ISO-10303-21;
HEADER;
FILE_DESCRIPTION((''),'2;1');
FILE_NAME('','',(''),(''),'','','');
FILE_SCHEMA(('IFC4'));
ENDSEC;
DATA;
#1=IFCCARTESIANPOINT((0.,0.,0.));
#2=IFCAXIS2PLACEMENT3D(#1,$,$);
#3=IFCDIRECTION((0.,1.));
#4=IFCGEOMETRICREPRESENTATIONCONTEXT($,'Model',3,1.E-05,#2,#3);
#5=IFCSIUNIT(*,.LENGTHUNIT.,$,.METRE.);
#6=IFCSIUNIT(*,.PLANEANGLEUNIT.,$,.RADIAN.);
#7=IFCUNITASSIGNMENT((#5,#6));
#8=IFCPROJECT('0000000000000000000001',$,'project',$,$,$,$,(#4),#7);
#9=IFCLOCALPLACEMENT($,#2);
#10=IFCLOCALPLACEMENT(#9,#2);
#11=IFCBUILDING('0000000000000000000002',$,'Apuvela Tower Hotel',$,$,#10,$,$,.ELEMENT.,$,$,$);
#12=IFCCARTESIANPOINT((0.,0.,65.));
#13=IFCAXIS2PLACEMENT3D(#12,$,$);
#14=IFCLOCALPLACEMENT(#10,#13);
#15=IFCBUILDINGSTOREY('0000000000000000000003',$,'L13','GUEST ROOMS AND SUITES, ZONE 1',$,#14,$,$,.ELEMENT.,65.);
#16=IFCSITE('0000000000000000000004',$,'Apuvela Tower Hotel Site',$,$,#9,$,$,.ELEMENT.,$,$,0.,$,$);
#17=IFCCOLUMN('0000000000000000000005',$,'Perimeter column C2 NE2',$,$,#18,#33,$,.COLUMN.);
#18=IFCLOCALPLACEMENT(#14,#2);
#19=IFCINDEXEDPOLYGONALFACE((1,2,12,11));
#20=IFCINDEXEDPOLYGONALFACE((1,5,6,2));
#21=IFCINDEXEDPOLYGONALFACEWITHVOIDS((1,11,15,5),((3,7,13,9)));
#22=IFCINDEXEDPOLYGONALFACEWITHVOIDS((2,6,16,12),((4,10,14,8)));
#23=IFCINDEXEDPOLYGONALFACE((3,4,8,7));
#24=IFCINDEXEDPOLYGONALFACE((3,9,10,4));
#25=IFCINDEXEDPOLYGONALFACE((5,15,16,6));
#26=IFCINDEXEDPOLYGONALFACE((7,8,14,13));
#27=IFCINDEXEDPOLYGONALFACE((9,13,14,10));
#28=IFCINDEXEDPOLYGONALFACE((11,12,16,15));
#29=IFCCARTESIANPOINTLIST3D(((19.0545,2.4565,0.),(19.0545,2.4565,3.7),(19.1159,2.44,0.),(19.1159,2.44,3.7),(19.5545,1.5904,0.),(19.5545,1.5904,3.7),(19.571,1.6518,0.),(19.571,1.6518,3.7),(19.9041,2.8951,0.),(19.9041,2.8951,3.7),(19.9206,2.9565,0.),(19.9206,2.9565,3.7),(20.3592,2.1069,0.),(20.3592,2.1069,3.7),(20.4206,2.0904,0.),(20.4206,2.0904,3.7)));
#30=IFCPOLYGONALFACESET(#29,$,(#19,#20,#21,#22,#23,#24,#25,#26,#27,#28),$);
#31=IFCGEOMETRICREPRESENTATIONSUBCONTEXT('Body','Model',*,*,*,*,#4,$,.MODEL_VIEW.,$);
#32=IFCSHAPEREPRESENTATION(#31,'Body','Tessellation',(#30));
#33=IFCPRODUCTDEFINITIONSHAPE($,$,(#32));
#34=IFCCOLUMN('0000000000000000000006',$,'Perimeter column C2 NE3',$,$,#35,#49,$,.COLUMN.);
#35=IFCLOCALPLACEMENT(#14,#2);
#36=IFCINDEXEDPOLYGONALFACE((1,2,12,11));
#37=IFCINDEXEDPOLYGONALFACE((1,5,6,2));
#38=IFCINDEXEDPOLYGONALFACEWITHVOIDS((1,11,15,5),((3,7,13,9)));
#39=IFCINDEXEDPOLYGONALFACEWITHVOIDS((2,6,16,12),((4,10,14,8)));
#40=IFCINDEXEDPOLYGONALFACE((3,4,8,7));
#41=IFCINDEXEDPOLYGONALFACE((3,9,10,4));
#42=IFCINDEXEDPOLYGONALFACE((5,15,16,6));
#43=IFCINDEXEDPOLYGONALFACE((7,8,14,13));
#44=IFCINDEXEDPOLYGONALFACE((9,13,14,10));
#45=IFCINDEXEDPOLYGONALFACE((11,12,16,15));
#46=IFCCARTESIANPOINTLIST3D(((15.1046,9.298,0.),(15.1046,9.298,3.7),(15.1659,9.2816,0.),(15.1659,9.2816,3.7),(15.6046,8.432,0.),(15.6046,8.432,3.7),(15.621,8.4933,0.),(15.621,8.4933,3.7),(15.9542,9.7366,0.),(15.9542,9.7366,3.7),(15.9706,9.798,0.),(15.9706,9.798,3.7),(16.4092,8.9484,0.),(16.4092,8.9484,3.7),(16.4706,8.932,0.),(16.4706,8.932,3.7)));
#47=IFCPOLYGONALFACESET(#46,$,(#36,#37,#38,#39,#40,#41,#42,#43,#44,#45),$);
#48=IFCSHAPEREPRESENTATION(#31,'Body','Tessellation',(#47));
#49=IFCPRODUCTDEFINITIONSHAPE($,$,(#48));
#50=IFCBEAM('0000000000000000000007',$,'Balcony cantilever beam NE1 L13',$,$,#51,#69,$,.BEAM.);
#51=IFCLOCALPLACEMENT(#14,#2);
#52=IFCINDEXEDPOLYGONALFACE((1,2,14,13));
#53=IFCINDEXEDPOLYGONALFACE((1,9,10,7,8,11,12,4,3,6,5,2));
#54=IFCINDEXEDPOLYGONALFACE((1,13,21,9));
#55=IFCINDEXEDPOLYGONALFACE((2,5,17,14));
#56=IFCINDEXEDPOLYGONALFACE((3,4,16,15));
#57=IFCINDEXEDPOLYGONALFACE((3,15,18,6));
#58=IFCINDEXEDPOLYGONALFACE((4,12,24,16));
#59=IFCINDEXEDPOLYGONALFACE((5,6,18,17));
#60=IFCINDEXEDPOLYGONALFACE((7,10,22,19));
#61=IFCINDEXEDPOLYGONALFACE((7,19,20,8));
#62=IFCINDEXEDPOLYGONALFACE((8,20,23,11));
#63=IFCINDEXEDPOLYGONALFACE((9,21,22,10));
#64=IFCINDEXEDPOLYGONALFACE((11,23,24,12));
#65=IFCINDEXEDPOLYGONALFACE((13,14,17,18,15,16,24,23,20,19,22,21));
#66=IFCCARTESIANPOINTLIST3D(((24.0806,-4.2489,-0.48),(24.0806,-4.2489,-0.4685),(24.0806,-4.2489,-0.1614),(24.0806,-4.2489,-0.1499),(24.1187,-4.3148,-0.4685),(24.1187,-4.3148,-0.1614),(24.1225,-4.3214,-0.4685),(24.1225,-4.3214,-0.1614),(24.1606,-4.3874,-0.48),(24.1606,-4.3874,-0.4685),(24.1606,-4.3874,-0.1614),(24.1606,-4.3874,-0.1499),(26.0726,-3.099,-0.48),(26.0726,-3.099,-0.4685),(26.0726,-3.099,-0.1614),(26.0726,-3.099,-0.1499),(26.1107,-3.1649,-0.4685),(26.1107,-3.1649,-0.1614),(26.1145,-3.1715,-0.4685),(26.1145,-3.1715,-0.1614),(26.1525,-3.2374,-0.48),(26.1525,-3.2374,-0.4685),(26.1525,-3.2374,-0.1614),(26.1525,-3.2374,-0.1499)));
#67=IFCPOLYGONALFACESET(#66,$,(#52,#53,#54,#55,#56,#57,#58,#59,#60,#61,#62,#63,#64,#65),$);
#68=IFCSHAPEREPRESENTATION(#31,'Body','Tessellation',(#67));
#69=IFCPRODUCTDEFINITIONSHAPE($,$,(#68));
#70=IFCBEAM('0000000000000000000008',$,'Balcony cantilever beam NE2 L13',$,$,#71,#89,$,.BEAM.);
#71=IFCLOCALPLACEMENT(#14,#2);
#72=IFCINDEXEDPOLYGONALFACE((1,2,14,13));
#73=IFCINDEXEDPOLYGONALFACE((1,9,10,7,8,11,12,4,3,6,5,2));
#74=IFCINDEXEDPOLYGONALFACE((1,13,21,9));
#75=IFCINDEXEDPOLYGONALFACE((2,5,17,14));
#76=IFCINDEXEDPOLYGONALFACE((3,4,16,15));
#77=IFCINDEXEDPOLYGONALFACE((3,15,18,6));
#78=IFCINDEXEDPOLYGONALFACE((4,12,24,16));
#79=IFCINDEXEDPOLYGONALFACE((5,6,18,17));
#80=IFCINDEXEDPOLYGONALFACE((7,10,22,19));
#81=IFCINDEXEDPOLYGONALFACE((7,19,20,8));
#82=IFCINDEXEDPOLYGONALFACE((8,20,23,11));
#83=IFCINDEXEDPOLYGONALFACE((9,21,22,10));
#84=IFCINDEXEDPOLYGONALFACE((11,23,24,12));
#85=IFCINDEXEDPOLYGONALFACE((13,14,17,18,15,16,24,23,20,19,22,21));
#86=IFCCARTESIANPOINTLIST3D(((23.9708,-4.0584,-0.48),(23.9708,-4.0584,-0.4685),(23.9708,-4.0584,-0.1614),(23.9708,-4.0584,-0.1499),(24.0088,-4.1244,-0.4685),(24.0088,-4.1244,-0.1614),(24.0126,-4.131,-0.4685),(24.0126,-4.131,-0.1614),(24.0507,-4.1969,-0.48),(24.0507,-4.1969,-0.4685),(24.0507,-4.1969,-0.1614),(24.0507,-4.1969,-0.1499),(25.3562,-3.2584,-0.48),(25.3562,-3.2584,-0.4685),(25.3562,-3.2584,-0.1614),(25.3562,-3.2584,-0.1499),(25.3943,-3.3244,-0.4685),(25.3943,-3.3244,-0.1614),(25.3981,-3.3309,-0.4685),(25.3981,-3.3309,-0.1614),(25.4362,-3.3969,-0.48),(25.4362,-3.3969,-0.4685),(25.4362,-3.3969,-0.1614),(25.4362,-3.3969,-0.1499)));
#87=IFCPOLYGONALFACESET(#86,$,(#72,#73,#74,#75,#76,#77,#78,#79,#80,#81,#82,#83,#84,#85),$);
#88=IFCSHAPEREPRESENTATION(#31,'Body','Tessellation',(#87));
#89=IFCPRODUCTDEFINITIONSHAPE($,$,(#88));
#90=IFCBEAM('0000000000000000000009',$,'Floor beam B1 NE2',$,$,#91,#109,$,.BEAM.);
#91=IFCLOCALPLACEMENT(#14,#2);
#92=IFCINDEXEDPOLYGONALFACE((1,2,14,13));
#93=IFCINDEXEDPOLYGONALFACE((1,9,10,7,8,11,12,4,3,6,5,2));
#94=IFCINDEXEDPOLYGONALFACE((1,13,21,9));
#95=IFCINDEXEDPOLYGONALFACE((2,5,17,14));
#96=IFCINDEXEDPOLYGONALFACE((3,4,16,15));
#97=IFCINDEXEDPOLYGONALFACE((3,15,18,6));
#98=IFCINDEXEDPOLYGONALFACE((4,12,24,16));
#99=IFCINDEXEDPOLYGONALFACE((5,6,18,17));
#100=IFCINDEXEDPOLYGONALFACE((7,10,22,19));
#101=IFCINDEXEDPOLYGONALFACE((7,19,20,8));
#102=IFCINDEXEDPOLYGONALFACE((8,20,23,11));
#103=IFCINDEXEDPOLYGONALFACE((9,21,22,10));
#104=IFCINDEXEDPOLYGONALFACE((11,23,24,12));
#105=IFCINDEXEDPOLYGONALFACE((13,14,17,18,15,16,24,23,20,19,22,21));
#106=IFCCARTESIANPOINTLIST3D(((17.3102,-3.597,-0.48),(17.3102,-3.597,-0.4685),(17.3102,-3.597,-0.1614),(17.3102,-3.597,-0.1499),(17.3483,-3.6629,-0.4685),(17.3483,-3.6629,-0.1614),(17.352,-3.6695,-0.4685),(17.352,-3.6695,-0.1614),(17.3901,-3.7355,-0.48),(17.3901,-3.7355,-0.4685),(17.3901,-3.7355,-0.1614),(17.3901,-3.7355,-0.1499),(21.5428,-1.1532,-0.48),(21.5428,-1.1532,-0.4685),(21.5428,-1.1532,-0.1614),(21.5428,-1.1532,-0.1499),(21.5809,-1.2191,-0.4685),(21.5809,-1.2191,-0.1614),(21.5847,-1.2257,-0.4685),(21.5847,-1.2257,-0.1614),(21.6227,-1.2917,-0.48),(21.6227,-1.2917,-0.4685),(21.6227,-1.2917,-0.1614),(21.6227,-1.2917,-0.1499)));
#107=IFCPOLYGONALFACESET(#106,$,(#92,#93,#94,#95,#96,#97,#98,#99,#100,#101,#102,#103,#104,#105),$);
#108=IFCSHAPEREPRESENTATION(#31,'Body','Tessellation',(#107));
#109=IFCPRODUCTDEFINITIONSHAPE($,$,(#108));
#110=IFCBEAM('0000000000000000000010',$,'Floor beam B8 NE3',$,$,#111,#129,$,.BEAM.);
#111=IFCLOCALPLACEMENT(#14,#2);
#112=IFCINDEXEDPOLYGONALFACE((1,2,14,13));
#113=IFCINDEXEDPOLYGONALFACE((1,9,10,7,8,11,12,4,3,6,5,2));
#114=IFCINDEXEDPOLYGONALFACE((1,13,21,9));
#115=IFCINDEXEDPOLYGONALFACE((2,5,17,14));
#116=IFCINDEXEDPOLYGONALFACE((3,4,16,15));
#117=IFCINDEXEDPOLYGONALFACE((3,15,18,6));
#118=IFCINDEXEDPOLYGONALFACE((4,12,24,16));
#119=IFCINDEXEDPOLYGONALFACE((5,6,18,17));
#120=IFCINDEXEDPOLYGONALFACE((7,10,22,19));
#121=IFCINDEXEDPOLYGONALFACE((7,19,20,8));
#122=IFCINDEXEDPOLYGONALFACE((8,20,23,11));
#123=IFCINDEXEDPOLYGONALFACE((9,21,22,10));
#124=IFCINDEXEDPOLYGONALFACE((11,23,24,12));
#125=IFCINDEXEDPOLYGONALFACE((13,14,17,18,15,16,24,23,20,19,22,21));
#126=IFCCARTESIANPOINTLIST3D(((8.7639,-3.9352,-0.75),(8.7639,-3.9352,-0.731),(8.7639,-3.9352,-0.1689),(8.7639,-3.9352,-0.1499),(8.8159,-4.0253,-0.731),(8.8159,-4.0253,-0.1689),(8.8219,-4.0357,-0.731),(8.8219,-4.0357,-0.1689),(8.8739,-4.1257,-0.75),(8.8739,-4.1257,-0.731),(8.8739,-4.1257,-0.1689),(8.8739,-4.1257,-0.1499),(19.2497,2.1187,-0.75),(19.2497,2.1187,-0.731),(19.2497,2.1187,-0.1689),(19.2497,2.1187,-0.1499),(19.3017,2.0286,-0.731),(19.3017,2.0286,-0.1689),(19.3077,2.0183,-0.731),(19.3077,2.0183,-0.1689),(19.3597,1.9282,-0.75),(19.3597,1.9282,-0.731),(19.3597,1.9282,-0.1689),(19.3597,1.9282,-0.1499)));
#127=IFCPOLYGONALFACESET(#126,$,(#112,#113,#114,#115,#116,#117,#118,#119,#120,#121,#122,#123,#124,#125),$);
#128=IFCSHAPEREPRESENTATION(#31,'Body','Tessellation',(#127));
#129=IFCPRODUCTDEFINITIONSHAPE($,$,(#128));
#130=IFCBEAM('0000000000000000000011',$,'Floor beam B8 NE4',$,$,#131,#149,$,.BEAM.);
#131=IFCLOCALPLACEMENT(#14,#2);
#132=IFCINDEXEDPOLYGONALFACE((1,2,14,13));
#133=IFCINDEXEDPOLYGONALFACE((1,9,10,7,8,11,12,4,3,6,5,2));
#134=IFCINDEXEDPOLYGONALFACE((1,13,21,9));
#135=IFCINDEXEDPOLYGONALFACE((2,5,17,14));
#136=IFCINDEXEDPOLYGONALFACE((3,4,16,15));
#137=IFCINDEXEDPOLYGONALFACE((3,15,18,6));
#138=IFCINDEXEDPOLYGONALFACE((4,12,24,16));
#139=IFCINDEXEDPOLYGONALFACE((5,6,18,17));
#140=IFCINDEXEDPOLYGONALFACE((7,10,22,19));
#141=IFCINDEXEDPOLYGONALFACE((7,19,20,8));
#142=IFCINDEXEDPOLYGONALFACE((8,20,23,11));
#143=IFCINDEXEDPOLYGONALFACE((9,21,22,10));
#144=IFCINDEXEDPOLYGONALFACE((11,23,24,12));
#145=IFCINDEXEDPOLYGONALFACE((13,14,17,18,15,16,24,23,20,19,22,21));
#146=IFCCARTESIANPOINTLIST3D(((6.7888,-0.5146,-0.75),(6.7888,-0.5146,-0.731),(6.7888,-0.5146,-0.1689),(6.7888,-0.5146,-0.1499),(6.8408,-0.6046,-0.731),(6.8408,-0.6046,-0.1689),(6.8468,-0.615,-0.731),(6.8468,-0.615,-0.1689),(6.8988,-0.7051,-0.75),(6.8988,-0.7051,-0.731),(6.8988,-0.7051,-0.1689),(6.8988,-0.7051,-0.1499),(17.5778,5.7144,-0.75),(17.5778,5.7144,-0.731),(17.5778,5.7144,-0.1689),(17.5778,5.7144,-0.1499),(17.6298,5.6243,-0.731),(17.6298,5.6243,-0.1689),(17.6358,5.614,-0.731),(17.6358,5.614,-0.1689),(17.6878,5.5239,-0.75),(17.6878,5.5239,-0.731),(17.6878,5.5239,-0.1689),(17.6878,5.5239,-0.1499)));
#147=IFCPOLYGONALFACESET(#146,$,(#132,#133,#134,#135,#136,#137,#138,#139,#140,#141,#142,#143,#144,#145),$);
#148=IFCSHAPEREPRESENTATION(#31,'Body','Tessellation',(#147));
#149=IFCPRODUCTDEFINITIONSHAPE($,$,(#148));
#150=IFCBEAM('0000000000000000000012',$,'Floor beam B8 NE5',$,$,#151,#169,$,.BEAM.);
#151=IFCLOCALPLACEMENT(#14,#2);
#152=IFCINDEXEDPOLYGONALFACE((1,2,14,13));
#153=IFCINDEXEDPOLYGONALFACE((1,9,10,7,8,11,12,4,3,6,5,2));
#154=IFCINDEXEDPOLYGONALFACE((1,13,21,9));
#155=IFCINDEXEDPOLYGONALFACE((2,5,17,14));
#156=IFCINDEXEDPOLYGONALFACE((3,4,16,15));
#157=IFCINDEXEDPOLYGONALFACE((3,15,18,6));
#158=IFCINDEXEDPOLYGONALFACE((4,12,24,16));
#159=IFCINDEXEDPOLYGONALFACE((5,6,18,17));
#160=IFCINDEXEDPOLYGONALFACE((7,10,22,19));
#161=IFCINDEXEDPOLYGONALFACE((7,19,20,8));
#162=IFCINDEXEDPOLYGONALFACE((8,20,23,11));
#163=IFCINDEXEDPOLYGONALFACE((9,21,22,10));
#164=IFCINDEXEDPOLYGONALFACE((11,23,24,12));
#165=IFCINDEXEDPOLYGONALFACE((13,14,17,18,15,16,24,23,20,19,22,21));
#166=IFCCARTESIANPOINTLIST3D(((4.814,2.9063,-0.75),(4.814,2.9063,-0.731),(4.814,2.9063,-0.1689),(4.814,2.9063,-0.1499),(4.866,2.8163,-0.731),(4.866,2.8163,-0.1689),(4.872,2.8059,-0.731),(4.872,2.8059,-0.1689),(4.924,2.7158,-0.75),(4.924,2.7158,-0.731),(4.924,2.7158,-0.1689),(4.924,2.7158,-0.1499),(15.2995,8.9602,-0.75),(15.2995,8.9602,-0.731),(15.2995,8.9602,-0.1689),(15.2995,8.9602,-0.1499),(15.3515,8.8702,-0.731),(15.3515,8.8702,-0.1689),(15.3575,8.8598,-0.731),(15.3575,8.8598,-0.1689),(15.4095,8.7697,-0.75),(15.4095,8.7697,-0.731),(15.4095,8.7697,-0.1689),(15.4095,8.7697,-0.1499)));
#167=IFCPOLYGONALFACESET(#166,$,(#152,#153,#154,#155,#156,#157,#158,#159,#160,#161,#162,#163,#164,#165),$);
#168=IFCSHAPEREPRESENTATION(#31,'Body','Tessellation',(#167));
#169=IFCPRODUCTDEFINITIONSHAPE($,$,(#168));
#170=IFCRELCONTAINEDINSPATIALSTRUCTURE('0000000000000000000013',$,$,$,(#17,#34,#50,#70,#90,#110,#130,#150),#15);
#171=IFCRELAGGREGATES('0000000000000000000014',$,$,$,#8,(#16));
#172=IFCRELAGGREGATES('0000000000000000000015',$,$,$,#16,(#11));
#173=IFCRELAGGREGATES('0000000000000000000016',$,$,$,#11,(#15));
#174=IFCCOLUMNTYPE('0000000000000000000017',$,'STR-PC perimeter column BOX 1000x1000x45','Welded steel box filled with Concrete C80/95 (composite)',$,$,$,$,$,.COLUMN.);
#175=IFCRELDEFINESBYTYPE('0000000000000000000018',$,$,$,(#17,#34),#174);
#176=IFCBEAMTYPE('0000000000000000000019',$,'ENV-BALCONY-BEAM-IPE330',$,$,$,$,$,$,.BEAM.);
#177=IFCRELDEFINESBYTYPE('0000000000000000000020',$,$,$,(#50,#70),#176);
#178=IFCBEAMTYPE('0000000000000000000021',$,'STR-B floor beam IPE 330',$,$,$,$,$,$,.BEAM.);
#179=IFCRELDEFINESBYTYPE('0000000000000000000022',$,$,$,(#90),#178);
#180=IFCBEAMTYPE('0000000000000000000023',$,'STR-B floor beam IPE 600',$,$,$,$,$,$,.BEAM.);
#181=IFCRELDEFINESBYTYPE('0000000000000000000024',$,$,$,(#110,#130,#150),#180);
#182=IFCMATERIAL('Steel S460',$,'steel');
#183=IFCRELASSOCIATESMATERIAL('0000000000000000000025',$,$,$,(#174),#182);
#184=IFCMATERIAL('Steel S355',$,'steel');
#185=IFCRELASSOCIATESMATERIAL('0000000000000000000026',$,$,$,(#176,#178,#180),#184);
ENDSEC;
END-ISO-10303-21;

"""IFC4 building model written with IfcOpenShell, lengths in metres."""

from ifc_helpers import new_model, si_unit, direction, frame, origin, origin_2d, place, context, subcontext, project, spatial, rectangle, hollow_rectangle, i_section, extrude, material, material_profile, profile_set, type_object, element, save


model = new_model("IFC4")

# Units and contexts
model_context = context("Model", 3, precision=1e-05, world=origin(), true_north=direction((0.0, 1.0)))
body_context = subcontext(model_context, "Body", "Model", "MODEL_VIEW")
ifc_project = project(units=[si_unit("LENGTHUNIT", "METRE"), si_unit("PLANEANGLEUNIT", "RADIAN")], contexts=[model_context])

# Site, building, storey
site_placement = place(None, origin())
site = spatial("IfcSite", under=ifc_project, at=site_placement, Name="Apuvela Tower Hotel Site", CompositionType="ELEMENT", RefElevation=0.0)
building_placement = place(site_placement, origin())
building = spatial("IfcBuilding", under=site, at=building_placement, Name="Apuvela Tower Hotel", CompositionType="ELEMENT")
storey_placement = place(building_placement, frame((0.0, 0.0, 65.0)))
storey = spatial("IfcBuildingStorey", under=building, at=storey_placement, Name="L13", Description="GUEST ROOMS AND SUITES, ZONE 1", CompositionType="ELEMENT", Elevation=65.0)

# Columns
ifc_material_1 = material(Name="Steel S460", Category="steel")
ifc_material_profile_1 = material_profile(ifc_material_1, hollow_rectangle(XDim=1.0, YDim=1.0, WallThickness=0.0449, at=origin_2d()), Name="BOX 1000x1000x45")
ifc_material_2 = material(Name="Concrete C80/95", Category="concrete")
ifc_material_profile_2 = material_profile(ifc_material_2, rectangle(XDim=0.9099, YDim=0.9099, at=origin_2d()), Name="Concrete C80/95 infill")
ifc_profile_set_1 = profile_set([ifc_material_profile_1, ifc_material_profile_2], Name="Steel S460")
column_type = type_object("IfcColumnType", Name="STR-PC perimeter column BOX 1000x1000x45", Description="Welded steel box filled with Concrete C80/95 (composite)", PredefinedType="COLUMN", material=ifc_profile_set_1)
for number, where, z_axis, x_axis, name in (
    (1, (19.7375, 2.2734, 0.0), (0.0, 0.0, 1.0), (-0.5, 0.866025, 0.0), "Perimeter column C2 NE2"),
    (2, (15.7876, 9.115, 0.0), (0.0, 0.0, 1.0), (-0.5, 0.866025, 0.0), "Perimeter column C2 NE3"),
):
    element("IfcColumn", number, at=place(storey_placement, frame(where, z_axis=z_axis, x_axis=x_axis)), inside=storey, type_object=column_type, Name=name, PredefinedType="COLUMN", context=body_context, shape_type="SweptSolid", body=[
        extrude(hollow_rectangle(XDim=1.0, YDim=1.0, WallThickness=0.0449, at=origin_2d()), origin(), (0.0, 0.0, 1.0), 3.7),
    ])

# Beams
ifc_material_3 = material(Name="Steel S355", Category="steel")
ifc_material_profile_3 = material_profile(ifc_material_3, i_section(OverallWidth=0.1599, OverallDepth=0.3301, WebThickness=0.0076, FlangeThickness=0.0115, at=origin_2d()), Name="IPE 330")
ifc_profile_set_2 = profile_set([ifc_material_profile_3], Name="Steel S355")
beam_type_1 = type_object("IfcBeamType", Name="ENV-BALCONY-BEAM-IPE330", PredefinedType="BEAM", material=ifc_profile_set_2)
beam_1_placement = place(storey_placement, frame((24.1206, -4.3181, -0.3149), z_axis=(0.866053, 0.499952, 0.0), x_axis=(-0.499952, 0.866053, 0.0)))
element("IfcBeam", 3, at=beam_1_placement, inside=storey, type_object=beam_type_1, Name="Balcony cantilever beam NE1 L13", PredefinedType="BEAM", context=body_context, shape_type="SweptSolid", body=[
    extrude(i_section(OverallWidth=0.1599, OverallDepth=0.3301, WebThickness=0.0076, FlangeThickness=0.0115, at=origin_2d()), origin(), (0.0, 0.0, 1.0), 2.3),
])
beam_2_placement = place(storey_placement, frame((24.0107, -4.1277, -0.3149), z_axis=(0.86599, 0.500061, 0.0), x_axis=(-0.500061, 0.86599, 0.0)))
element("IfcBeam", 4, at=beam_2_placement, inside=storey, type_object=beam_type_1, Name="Balcony cantilever beam NE2 L13", PredefinedType="BEAM", context=body_context, shape_type="SweptSolid", body=[
    extrude(i_section(OverallWidth=0.1599, OverallDepth=0.3301, WebThickness=0.0076, FlangeThickness=0.0115, at=origin_2d()), origin(), (0.0, 0.0, 1.0), 1.5999),
])
ifc_material_profile_4 = material_profile(ifc_material_3, i_section(OverallWidth=0.1599, OverallDepth=0.3301, WebThickness=0.0076, FlangeThickness=0.0115, at=origin_2d()), Name="IPE 330")
ifc_profile_set_3 = profile_set([ifc_material_profile_4], Name="Steel S355")
beam_type_2 = type_object("IfcBeamType", Name="STR-B floor beam IPE 330", PredefinedType="BEAM", material=ifc_profile_set_3)
beam_3_placement = place(storey_placement, frame((21.5828, -1.2224, -0.3149), z_axis=(-0.866015, -0.500018, 0.0), x_axis=(0.500018, -0.866015, 0.0)))
element("IfcBeam", 5, at=beam_3_placement, inside=storey, type_object=beam_type_2, Name="Floor beam B1 NE2", PredefinedType="BEAM", context=body_context, shape_type="SweptSolid", body=[
    extrude(i_section(OverallWidth=0.1599, OverallDepth=0.3301, WebThickness=0.0076, FlangeThickness=0.0115, at=origin_2d()), origin(), (0.0, 0.0, 1.0), 4.8875),
])
ifc_material_profile_5 = material_profile(ifc_material_3, i_section(OverallWidth=0.22, OverallDepth=0.6001, WebThickness=0.012, FlangeThickness=0.019, at=origin_2d()), Name="IPE 600")
ifc_profile_set_4 = profile_set([ifc_material_profile_5], Name="Steel S355")
beam_type_3 = type_object("IfcBeamType", Name="STR-B floor beam IPE 600", PredefinedType="BEAM", material=ifc_profile_set_4)
beam_4_placement = place(storey_placement, frame((19.3047, 2.0234, -0.45), z_axis=(-0.866027, -0.499997, 0.0), x_axis=(0.499997, -0.866027, 0.0)))
element("IfcBeam", 6, at=beam_4_placement, inside=storey, type_object=beam_type_3, Name="Floor beam B8 NE3", PredefinedType="BEAM", context=body_context, shape_type="SweptSolid", body=[
    extrude(i_section(OverallWidth=0.22, OverallDepth=0.6001, WebThickness=0.012, FlangeThickness=0.019, at=origin_2d()), origin(), (0.0, 0.0, 1.0), 12.1079),
])
beam_5_placement = place(storey_placement, frame((17.6328, 5.6191, -0.45), z_axis=(-0.866028, -0.499996, 0.0), x_axis=(0.499996, -0.866028, 0.0)))
element("IfcBeam", 7, at=beam_5_placement, inside=storey, type_object=beam_type_3, Name="Floor beam B8 NE4", PredefinedType="BEAM", context=body_context, shape_type="SweptSolid", body=[
    extrude(i_section(OverallWidth=0.22, OverallDepth=0.6001, WebThickness=0.012, FlangeThickness=0.019, at=origin_2d()), origin(), (0.0, 0.0, 1.0), 12.458),
])
beam_6_placement = place(storey_placement, frame((15.3545, 8.865, -0.45), z_axis=(-0.866022, -0.500006, 0.0), x_axis=(0.500006, -0.866022, 0.0)))
element("IfcBeam", 8, at=beam_6_placement, inside=storey, type_object=beam_type_3, Name="Floor beam B8 NE5", PredefinedType="BEAM", context=body_context, shape_type="SweptSolid", body=[
    extrude(i_section(OverallWidth=0.22, OverallDepth=0.6001, WebThickness=0.012, FlangeThickness=0.019, at=origin_2d()), origin(), (0.0, 0.0, 1.0), 12.1077),
])

save(model, "model.ifc")
